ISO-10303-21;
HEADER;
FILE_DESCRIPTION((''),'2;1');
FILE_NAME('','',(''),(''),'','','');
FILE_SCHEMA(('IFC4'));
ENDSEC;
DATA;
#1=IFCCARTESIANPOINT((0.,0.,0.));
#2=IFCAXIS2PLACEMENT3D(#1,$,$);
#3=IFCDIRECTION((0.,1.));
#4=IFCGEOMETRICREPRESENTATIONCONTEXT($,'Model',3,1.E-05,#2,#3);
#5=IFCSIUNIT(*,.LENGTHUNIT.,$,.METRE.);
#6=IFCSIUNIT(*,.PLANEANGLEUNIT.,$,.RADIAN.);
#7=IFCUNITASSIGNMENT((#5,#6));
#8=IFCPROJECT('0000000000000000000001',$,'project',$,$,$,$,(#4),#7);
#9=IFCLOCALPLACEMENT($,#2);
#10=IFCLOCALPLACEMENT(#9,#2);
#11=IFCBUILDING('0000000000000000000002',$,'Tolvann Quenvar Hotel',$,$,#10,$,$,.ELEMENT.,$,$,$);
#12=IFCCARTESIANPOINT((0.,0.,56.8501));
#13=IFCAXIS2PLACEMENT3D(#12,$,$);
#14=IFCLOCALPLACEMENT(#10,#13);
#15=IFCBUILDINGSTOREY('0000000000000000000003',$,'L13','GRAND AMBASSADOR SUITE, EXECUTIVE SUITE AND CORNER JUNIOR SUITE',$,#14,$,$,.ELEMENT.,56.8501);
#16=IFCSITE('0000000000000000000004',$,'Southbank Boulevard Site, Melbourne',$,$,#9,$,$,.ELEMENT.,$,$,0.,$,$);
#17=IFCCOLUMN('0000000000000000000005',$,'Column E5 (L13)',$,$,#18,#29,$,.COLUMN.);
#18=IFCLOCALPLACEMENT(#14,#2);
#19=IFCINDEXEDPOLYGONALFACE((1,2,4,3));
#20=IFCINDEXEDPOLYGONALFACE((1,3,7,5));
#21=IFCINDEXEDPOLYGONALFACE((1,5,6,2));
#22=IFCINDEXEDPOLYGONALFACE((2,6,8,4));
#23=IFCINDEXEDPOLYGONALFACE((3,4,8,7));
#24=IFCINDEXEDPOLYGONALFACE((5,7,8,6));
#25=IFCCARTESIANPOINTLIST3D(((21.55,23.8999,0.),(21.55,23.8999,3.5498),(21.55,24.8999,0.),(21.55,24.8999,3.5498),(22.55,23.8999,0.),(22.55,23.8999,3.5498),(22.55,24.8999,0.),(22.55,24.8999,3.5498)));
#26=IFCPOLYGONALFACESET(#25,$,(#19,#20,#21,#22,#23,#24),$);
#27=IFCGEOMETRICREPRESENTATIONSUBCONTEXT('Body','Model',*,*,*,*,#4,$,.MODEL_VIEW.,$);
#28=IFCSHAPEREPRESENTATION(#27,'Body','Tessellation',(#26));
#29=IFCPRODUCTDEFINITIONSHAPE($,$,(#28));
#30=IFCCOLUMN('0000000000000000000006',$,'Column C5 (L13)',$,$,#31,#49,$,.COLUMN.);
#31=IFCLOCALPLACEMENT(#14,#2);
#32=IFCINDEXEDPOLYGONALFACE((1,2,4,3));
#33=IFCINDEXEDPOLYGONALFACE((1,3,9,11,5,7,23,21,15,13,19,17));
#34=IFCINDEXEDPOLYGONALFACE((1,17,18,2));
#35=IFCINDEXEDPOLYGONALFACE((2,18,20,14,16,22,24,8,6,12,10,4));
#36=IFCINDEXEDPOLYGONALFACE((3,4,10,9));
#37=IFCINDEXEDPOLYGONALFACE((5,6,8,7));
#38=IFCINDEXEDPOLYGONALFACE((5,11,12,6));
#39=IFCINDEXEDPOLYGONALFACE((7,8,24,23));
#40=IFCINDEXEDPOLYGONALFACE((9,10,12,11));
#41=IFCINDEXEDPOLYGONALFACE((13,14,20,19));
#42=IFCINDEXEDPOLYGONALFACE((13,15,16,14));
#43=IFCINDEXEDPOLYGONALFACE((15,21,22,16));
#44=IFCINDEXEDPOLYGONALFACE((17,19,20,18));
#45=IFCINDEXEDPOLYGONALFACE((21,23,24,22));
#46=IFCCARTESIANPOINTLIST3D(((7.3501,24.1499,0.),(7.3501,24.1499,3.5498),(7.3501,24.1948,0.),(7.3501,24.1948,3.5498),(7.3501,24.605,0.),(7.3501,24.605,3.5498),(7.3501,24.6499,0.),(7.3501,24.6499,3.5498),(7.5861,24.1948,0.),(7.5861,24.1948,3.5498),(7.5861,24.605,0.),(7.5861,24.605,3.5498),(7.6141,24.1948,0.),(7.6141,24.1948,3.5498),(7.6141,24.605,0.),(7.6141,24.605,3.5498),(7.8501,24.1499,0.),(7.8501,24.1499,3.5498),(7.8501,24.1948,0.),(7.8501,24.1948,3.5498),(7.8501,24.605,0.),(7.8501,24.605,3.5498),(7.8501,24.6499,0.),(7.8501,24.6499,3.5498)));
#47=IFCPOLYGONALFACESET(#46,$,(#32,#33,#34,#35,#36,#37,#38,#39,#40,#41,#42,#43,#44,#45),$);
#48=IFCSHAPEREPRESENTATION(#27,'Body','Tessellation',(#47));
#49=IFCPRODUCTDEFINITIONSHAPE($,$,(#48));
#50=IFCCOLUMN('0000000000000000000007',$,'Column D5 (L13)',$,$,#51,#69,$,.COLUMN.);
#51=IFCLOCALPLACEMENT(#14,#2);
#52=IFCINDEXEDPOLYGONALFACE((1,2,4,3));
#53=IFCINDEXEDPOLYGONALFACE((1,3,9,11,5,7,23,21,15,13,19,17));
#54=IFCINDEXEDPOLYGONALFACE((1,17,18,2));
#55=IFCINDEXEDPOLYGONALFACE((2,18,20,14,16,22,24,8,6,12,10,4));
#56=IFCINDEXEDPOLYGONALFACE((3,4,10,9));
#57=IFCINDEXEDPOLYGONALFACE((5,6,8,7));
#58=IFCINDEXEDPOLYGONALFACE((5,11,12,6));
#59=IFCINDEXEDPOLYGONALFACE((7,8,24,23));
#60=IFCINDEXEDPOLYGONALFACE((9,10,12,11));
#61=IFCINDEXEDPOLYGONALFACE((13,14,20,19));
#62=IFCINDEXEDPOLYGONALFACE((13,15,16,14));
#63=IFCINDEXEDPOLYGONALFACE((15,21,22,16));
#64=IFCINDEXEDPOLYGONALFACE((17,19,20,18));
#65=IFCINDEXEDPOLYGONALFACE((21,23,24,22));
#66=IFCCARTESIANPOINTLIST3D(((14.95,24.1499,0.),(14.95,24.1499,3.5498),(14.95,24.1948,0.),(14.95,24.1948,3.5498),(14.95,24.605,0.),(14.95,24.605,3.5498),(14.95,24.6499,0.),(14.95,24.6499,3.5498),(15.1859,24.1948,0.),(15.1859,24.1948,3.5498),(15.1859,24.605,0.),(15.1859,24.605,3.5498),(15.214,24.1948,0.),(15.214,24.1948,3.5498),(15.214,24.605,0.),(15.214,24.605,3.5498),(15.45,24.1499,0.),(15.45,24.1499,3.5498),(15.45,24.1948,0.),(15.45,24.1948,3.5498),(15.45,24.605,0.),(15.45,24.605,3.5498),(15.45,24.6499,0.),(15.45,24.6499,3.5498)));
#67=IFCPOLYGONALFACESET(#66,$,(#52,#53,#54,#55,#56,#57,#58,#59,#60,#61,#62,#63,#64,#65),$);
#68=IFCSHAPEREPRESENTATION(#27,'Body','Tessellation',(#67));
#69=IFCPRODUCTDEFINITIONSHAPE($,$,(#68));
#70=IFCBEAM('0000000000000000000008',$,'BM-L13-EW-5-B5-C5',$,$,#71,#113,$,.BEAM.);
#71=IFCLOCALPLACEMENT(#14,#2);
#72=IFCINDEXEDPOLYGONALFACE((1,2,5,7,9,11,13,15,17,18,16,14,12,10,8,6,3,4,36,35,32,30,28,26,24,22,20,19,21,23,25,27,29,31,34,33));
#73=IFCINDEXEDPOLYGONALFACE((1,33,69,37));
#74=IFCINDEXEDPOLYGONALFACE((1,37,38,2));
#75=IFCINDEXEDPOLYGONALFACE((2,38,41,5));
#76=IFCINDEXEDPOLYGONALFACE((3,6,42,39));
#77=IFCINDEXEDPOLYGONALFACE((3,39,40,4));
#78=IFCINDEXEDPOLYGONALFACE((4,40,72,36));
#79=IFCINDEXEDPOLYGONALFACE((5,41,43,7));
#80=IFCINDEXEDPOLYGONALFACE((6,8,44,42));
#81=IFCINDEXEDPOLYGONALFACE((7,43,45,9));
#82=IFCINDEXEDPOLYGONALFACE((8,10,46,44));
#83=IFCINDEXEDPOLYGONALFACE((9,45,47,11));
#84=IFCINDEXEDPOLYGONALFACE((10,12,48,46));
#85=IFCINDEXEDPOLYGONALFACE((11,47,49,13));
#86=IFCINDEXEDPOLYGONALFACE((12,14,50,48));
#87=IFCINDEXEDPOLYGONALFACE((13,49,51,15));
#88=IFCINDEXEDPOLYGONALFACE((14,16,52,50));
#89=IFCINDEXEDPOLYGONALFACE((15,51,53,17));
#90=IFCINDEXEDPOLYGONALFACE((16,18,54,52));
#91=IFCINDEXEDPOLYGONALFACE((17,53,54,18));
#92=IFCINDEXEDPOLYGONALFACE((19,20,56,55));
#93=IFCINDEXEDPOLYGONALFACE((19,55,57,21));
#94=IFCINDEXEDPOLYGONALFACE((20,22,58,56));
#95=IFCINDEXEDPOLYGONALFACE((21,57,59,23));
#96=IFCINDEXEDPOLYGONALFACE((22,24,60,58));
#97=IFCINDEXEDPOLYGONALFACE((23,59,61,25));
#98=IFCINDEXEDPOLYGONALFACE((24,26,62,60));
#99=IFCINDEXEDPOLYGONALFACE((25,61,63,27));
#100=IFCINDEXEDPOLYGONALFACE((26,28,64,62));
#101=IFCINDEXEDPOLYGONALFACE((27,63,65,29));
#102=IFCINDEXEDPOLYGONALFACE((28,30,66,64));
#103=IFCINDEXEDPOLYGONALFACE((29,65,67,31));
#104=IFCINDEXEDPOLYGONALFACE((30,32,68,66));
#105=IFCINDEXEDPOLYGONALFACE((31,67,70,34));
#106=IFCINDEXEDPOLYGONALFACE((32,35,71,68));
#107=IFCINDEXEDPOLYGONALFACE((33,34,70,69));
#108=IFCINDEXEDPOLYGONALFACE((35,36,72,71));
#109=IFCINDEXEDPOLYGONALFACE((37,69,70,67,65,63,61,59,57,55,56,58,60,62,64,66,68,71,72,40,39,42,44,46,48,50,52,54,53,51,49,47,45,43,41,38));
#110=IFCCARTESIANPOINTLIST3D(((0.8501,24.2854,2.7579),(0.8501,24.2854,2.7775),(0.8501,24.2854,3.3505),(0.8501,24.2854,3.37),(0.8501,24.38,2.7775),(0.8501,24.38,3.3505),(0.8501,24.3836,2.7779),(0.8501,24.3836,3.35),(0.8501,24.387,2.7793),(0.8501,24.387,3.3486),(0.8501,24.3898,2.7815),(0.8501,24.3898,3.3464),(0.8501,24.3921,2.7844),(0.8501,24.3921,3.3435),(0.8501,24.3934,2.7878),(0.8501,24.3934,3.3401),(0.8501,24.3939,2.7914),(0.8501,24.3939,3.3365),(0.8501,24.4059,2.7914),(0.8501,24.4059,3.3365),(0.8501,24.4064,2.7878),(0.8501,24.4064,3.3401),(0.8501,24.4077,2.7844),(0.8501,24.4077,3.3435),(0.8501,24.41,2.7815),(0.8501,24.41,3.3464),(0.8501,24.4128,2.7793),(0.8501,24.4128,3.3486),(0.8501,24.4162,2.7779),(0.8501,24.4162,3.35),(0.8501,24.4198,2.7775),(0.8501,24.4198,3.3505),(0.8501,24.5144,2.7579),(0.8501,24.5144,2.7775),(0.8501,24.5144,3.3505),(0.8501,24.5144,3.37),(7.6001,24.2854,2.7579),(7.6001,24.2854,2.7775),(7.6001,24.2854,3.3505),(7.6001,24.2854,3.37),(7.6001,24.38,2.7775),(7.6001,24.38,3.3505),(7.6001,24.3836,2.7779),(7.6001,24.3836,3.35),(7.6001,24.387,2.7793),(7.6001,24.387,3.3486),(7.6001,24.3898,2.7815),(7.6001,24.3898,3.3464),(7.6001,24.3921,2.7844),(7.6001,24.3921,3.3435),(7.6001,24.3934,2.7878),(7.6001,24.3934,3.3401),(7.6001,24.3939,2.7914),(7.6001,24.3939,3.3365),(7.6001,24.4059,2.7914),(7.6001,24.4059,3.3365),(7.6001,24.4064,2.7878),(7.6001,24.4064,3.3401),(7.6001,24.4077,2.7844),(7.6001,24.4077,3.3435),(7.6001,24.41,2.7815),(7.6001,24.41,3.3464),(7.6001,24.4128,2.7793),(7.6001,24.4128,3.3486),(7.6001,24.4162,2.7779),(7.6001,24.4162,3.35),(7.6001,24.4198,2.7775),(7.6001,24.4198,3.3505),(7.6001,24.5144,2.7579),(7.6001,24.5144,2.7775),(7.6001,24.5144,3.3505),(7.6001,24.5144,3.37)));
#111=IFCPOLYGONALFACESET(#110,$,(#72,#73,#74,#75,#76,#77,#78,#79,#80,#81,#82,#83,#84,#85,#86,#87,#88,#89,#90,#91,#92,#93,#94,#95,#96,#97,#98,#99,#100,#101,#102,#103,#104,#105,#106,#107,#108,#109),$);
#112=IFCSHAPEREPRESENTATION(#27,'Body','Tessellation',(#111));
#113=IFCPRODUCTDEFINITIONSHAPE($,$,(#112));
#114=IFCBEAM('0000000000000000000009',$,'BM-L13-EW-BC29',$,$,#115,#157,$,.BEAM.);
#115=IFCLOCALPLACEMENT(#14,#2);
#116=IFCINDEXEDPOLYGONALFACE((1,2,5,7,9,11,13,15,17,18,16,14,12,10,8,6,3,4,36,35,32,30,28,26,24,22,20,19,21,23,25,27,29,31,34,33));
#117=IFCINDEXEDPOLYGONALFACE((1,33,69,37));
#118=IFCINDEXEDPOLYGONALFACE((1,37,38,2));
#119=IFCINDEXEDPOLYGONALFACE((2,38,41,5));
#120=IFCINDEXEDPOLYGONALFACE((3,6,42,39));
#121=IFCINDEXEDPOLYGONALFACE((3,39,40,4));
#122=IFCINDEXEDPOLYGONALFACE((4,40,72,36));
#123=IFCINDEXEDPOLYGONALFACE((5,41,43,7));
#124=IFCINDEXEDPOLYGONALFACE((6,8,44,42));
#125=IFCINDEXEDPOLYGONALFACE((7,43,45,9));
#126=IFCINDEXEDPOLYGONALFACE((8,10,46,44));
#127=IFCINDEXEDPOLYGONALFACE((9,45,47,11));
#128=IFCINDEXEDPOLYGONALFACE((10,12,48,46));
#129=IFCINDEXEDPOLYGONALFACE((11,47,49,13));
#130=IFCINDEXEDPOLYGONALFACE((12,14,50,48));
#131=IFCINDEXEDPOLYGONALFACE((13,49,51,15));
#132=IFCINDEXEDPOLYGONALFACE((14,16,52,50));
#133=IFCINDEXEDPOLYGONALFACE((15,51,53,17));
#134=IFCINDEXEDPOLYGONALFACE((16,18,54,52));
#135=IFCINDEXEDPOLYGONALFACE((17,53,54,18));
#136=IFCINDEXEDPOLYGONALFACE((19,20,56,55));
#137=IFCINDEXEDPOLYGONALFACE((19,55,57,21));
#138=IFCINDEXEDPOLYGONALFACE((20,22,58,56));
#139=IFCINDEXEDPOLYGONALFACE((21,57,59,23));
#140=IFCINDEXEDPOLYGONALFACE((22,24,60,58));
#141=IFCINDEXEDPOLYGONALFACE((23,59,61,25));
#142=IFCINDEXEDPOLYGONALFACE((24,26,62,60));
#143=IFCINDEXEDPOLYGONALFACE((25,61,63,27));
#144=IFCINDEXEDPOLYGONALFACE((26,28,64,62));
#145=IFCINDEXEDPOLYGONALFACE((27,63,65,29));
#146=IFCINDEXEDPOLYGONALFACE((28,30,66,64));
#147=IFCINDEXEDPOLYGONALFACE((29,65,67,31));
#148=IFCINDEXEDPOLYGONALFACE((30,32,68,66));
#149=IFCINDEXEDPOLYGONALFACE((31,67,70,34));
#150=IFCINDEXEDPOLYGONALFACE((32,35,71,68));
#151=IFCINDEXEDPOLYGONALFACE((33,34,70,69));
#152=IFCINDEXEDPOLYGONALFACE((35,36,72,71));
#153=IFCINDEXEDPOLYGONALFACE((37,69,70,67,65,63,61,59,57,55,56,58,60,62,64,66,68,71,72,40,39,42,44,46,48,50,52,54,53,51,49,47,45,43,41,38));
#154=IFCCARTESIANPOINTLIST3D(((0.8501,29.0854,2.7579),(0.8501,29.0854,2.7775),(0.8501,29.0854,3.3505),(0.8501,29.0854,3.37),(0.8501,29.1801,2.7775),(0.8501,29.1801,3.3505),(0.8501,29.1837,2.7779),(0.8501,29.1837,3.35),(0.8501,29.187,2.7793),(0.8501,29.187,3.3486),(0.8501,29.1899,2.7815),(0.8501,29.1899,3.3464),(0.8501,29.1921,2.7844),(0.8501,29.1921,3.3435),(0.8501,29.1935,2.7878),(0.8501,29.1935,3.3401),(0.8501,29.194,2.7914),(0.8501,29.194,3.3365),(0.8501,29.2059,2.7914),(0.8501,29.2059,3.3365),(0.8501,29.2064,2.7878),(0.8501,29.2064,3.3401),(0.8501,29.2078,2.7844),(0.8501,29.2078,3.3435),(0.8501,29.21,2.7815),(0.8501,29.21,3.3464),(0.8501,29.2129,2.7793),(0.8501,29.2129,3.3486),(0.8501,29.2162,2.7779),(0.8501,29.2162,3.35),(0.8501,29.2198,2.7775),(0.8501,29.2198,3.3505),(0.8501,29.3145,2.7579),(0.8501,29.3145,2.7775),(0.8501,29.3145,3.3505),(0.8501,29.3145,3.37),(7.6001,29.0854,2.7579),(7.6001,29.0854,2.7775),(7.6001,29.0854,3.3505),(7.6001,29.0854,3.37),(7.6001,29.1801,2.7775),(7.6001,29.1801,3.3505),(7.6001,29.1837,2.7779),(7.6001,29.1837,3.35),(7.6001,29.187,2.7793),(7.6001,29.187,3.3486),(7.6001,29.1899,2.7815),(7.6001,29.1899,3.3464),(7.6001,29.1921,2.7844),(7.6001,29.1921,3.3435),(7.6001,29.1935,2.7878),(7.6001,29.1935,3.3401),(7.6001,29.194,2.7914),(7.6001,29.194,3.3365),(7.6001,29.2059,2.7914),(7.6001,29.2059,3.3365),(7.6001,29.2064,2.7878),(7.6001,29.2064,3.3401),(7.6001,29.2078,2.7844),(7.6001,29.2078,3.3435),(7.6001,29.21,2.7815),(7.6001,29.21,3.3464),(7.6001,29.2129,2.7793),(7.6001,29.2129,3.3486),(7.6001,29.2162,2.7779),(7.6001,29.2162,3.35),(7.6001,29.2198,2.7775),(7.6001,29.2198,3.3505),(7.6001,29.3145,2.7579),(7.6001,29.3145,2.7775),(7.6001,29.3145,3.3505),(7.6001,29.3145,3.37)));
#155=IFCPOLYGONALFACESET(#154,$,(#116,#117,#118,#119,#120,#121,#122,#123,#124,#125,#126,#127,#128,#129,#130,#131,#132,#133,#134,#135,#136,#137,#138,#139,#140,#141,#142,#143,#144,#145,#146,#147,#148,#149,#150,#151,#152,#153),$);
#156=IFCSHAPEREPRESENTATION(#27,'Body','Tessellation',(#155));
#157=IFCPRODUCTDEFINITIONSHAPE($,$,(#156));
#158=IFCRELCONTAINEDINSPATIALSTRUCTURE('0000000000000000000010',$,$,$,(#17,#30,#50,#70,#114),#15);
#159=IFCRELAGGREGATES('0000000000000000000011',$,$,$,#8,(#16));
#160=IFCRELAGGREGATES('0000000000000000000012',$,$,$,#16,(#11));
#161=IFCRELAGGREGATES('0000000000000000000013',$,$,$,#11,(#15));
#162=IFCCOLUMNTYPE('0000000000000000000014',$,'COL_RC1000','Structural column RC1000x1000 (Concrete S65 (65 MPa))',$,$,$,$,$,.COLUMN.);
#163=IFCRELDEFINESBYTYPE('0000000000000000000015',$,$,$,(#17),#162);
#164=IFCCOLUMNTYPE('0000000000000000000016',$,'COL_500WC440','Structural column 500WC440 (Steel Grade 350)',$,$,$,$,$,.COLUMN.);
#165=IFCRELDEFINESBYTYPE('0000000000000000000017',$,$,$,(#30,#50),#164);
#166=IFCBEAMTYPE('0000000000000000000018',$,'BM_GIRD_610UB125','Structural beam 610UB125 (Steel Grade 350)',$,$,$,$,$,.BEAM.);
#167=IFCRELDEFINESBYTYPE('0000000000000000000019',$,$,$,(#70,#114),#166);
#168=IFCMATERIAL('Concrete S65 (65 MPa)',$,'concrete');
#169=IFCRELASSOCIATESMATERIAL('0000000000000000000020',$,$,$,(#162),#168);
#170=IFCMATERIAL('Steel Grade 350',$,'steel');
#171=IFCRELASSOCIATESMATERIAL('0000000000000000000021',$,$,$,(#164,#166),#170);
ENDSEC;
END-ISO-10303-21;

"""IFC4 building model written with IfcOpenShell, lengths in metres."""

from ifc_helpers import new_model, si_unit, direction, frame, origin, origin_2d, place, context, subcontext, project, spatial, rectangle, i_section, extrude, source, transform, mapped, material, material_profile, profile_set, type_object, type_shapes, element, save


model = new_model("IFC4")

# Units and contexts
model_context = context("Model", 3, precision=1e-05, world=origin(), true_north=direction((0.0, 1.0)))
body_context = subcontext(model_context, "Body", "Model", "MODEL_VIEW")
ifc_project = project(units=[si_unit("LENGTHUNIT", "METRE"), si_unit("PLANEANGLEUNIT", "RADIAN")], contexts=[model_context])

# Site, building, storey
site_placement = place(None, origin())
site = spatial("IfcSite", under=ifc_project, at=site_placement, Name="Southbank Boulevard Site, Melbourne", CompositionType="ELEMENT", RefElevation=0.0)
building_placement = place(site_placement, origin())
building = spatial("IfcBuilding", under=site, at=building_placement, Name="Tolvann Quenvar Hotel", CompositionType="ELEMENT")
storey_placement = place(building_placement, frame((0.0, 0.0, 56.8501)))
storey = spatial("IfcBuildingStorey", under=building, at=storey_placement, Name="L13", Description="GRAND AMBASSADOR SUITE, EXECUTIVE SUITE AND CORNER JUNIOR SUITE", CompositionType="ELEMENT", Elevation=56.8501)

# Columns
ifc_material_1 = material(Name="Concrete S65 (65 MPa)", Category="concrete")
ifc_material_profile_1 = material_profile(ifc_material_1, rectangle(XDim=1.0, YDim=1.0, at=origin_2d()), Name="RC1000x1000")
ifc_profile_set_1 = profile_set([ifc_material_profile_1], Name="Concrete S65 (65 MPa)")
column_type_1 = type_object("IfcColumnType", Name="COL_RC1000", Description="Structural column RC1000x1000 (Concrete S65 (65 MPa))", PredefinedType="COLUMN", material=ifc_profile_set_1)
shared_shape_1 = source(origin(), body_context, "Body", "SweptSolid", [
    extrude(rectangle(XDim=1.0, YDim=1.0, at=origin_2d()), origin(), (0.0, 0.0, 1.0), 3.5498),
])
type_shapes(column_type_1, [shared_shape_1])
column_placement = place(storey_placement, frame((22.05, 24.3999, 0.0), z_axis=(0.0, 0.0, 1.0), x_axis=(1.0, 0.0, 0.0)))
element("IfcColumn", 1, at=column_placement, inside=storey, type_object=column_type_1, Name="Column E5 (L13)", PredefinedType="COLUMN", context=body_context, shape_type="MappedRepresentation", body=[
    mapped(shared_shape_1, transform((0.0, 0.0, 0.0), x_axis=(1.0, 0.0, 0.0), y_axis=(0.0, 1.0, 0.0), z_axis=(0.0, 0.0, 1.0), scale=1.0)),
])
ifc_material_2 = material(Name="Steel Grade 350", Category="steel")
ifc_material_profile_2 = material_profile(ifc_material_2, i_section(OverallWidth=0.5, OverallDepth=0.5, WebThickness=0.0281, FlangeThickness=0.0449, at=origin_2d()), Name="500WC440")
ifc_profile_set_2 = profile_set([ifc_material_profile_2], Name="Steel Grade 350")
column_type_2 = type_object("IfcColumnType", Name="COL_500WC440", Description="Structural column 500WC440 (Steel Grade 350)", PredefinedType="COLUMN", material=ifc_profile_set_2)
shared_shape_2 = source(origin(), body_context, "Body", "SweptSolid", [
    extrude(i_section(OverallWidth=0.5, OverallDepth=0.5, WebThickness=0.0281, FlangeThickness=0.0449, at=origin_2d()), origin(), (0.0, 0.0, 1.0), 3.5498),
])
type_shapes(column_type_2, [shared_shape_2])
for number, where, z_axis, x_axis, name in (
    (2, (7.6001, 24.3999, 0.0), (0.0, 0.0, 1.0), (1.0, 0.0, 0.0), "Column C5 (L13)"),
    (3, (15.2, 24.3999, 0.0), (0.0, 0.0, 1.0), (1.0, 0.0, 0.0), "Column D5 (L13)"),
):
    element("IfcColumn", number, at=place(storey_placement, frame(where, z_axis=z_axis, x_axis=x_axis)), inside=storey, type_object=column_type_2, Name=name, PredefinedType="COLUMN", context=body_context, shape_type="MappedRepresentation", body=[
        mapped(shared_shape_2, transform((0.0, 0.0, 0.0), x_axis=(1.0, 0.0, 0.0), y_axis=(0.0, 1.0, 0.0), z_axis=(0.0, 0.0, 1.0), scale=1.0)),
    ])

# Beams
ifc_material_profile_3 = material_profile(ifc_material_2, i_section(OverallWidth=0.229, OverallDepth=0.6121, WebThickness=0.012, FlangeThickness=0.0195, FilletRadius=0.0139, at=origin_2d()), Name="610UB125")
ifc_profile_set_3 = profile_set([ifc_material_profile_3], Name="Steel Grade 350")
beam_type_1 = type_object("IfcBeamType", Name="BM_GIRD_610UB125", Description="Structural beam 610UB125 (Steel Grade 350)", PredefinedType="BEAM", material=ifc_profile_set_3)
shared_shape_3 = source(origin(), body_context, "Body", "SweptSolid", [
    extrude(i_section(OverallWidth=0.229, OverallDepth=0.6121, WebThickness=0.012, FlangeThickness=0.0195, FilletRadius=0.0139, at=origin_2d()), origin(), (0.0, 0.0, 1.0), 6.75),
])
for number, where, z_axis, x_axis, name in (
    (4, (0.8501, 24.3999, 3.064), (1.0, 0.0, 0.0), (0.0, 1.0, 0.0), "BM-L13-EW-5-B5-C5"),
    (5, (0.8501, 29.2, 3.064), (1.0, 0.0, 0.0), (0.0, 1.0, 0.0), "BM-L13-EW-BC29"),
):
    element("IfcBeam", number, at=place(storey_placement, frame(where, z_axis=z_axis, x_axis=x_axis)), inside=storey, type_object=beam_type_1, Name=name, PredefinedType="BEAM", context=body_context, shape_type="MappedRepresentation", body=[
        mapped(shared_shape_3, transform((0.0, 0.0, 0.0), x_axis=(1.0, 0.0, 0.0), y_axis=(0.0, 1.0, 0.0), z_axis=(0.0, 0.0, 1.0), scale=1.0)),
    ])

save(model, "model.ifc")
